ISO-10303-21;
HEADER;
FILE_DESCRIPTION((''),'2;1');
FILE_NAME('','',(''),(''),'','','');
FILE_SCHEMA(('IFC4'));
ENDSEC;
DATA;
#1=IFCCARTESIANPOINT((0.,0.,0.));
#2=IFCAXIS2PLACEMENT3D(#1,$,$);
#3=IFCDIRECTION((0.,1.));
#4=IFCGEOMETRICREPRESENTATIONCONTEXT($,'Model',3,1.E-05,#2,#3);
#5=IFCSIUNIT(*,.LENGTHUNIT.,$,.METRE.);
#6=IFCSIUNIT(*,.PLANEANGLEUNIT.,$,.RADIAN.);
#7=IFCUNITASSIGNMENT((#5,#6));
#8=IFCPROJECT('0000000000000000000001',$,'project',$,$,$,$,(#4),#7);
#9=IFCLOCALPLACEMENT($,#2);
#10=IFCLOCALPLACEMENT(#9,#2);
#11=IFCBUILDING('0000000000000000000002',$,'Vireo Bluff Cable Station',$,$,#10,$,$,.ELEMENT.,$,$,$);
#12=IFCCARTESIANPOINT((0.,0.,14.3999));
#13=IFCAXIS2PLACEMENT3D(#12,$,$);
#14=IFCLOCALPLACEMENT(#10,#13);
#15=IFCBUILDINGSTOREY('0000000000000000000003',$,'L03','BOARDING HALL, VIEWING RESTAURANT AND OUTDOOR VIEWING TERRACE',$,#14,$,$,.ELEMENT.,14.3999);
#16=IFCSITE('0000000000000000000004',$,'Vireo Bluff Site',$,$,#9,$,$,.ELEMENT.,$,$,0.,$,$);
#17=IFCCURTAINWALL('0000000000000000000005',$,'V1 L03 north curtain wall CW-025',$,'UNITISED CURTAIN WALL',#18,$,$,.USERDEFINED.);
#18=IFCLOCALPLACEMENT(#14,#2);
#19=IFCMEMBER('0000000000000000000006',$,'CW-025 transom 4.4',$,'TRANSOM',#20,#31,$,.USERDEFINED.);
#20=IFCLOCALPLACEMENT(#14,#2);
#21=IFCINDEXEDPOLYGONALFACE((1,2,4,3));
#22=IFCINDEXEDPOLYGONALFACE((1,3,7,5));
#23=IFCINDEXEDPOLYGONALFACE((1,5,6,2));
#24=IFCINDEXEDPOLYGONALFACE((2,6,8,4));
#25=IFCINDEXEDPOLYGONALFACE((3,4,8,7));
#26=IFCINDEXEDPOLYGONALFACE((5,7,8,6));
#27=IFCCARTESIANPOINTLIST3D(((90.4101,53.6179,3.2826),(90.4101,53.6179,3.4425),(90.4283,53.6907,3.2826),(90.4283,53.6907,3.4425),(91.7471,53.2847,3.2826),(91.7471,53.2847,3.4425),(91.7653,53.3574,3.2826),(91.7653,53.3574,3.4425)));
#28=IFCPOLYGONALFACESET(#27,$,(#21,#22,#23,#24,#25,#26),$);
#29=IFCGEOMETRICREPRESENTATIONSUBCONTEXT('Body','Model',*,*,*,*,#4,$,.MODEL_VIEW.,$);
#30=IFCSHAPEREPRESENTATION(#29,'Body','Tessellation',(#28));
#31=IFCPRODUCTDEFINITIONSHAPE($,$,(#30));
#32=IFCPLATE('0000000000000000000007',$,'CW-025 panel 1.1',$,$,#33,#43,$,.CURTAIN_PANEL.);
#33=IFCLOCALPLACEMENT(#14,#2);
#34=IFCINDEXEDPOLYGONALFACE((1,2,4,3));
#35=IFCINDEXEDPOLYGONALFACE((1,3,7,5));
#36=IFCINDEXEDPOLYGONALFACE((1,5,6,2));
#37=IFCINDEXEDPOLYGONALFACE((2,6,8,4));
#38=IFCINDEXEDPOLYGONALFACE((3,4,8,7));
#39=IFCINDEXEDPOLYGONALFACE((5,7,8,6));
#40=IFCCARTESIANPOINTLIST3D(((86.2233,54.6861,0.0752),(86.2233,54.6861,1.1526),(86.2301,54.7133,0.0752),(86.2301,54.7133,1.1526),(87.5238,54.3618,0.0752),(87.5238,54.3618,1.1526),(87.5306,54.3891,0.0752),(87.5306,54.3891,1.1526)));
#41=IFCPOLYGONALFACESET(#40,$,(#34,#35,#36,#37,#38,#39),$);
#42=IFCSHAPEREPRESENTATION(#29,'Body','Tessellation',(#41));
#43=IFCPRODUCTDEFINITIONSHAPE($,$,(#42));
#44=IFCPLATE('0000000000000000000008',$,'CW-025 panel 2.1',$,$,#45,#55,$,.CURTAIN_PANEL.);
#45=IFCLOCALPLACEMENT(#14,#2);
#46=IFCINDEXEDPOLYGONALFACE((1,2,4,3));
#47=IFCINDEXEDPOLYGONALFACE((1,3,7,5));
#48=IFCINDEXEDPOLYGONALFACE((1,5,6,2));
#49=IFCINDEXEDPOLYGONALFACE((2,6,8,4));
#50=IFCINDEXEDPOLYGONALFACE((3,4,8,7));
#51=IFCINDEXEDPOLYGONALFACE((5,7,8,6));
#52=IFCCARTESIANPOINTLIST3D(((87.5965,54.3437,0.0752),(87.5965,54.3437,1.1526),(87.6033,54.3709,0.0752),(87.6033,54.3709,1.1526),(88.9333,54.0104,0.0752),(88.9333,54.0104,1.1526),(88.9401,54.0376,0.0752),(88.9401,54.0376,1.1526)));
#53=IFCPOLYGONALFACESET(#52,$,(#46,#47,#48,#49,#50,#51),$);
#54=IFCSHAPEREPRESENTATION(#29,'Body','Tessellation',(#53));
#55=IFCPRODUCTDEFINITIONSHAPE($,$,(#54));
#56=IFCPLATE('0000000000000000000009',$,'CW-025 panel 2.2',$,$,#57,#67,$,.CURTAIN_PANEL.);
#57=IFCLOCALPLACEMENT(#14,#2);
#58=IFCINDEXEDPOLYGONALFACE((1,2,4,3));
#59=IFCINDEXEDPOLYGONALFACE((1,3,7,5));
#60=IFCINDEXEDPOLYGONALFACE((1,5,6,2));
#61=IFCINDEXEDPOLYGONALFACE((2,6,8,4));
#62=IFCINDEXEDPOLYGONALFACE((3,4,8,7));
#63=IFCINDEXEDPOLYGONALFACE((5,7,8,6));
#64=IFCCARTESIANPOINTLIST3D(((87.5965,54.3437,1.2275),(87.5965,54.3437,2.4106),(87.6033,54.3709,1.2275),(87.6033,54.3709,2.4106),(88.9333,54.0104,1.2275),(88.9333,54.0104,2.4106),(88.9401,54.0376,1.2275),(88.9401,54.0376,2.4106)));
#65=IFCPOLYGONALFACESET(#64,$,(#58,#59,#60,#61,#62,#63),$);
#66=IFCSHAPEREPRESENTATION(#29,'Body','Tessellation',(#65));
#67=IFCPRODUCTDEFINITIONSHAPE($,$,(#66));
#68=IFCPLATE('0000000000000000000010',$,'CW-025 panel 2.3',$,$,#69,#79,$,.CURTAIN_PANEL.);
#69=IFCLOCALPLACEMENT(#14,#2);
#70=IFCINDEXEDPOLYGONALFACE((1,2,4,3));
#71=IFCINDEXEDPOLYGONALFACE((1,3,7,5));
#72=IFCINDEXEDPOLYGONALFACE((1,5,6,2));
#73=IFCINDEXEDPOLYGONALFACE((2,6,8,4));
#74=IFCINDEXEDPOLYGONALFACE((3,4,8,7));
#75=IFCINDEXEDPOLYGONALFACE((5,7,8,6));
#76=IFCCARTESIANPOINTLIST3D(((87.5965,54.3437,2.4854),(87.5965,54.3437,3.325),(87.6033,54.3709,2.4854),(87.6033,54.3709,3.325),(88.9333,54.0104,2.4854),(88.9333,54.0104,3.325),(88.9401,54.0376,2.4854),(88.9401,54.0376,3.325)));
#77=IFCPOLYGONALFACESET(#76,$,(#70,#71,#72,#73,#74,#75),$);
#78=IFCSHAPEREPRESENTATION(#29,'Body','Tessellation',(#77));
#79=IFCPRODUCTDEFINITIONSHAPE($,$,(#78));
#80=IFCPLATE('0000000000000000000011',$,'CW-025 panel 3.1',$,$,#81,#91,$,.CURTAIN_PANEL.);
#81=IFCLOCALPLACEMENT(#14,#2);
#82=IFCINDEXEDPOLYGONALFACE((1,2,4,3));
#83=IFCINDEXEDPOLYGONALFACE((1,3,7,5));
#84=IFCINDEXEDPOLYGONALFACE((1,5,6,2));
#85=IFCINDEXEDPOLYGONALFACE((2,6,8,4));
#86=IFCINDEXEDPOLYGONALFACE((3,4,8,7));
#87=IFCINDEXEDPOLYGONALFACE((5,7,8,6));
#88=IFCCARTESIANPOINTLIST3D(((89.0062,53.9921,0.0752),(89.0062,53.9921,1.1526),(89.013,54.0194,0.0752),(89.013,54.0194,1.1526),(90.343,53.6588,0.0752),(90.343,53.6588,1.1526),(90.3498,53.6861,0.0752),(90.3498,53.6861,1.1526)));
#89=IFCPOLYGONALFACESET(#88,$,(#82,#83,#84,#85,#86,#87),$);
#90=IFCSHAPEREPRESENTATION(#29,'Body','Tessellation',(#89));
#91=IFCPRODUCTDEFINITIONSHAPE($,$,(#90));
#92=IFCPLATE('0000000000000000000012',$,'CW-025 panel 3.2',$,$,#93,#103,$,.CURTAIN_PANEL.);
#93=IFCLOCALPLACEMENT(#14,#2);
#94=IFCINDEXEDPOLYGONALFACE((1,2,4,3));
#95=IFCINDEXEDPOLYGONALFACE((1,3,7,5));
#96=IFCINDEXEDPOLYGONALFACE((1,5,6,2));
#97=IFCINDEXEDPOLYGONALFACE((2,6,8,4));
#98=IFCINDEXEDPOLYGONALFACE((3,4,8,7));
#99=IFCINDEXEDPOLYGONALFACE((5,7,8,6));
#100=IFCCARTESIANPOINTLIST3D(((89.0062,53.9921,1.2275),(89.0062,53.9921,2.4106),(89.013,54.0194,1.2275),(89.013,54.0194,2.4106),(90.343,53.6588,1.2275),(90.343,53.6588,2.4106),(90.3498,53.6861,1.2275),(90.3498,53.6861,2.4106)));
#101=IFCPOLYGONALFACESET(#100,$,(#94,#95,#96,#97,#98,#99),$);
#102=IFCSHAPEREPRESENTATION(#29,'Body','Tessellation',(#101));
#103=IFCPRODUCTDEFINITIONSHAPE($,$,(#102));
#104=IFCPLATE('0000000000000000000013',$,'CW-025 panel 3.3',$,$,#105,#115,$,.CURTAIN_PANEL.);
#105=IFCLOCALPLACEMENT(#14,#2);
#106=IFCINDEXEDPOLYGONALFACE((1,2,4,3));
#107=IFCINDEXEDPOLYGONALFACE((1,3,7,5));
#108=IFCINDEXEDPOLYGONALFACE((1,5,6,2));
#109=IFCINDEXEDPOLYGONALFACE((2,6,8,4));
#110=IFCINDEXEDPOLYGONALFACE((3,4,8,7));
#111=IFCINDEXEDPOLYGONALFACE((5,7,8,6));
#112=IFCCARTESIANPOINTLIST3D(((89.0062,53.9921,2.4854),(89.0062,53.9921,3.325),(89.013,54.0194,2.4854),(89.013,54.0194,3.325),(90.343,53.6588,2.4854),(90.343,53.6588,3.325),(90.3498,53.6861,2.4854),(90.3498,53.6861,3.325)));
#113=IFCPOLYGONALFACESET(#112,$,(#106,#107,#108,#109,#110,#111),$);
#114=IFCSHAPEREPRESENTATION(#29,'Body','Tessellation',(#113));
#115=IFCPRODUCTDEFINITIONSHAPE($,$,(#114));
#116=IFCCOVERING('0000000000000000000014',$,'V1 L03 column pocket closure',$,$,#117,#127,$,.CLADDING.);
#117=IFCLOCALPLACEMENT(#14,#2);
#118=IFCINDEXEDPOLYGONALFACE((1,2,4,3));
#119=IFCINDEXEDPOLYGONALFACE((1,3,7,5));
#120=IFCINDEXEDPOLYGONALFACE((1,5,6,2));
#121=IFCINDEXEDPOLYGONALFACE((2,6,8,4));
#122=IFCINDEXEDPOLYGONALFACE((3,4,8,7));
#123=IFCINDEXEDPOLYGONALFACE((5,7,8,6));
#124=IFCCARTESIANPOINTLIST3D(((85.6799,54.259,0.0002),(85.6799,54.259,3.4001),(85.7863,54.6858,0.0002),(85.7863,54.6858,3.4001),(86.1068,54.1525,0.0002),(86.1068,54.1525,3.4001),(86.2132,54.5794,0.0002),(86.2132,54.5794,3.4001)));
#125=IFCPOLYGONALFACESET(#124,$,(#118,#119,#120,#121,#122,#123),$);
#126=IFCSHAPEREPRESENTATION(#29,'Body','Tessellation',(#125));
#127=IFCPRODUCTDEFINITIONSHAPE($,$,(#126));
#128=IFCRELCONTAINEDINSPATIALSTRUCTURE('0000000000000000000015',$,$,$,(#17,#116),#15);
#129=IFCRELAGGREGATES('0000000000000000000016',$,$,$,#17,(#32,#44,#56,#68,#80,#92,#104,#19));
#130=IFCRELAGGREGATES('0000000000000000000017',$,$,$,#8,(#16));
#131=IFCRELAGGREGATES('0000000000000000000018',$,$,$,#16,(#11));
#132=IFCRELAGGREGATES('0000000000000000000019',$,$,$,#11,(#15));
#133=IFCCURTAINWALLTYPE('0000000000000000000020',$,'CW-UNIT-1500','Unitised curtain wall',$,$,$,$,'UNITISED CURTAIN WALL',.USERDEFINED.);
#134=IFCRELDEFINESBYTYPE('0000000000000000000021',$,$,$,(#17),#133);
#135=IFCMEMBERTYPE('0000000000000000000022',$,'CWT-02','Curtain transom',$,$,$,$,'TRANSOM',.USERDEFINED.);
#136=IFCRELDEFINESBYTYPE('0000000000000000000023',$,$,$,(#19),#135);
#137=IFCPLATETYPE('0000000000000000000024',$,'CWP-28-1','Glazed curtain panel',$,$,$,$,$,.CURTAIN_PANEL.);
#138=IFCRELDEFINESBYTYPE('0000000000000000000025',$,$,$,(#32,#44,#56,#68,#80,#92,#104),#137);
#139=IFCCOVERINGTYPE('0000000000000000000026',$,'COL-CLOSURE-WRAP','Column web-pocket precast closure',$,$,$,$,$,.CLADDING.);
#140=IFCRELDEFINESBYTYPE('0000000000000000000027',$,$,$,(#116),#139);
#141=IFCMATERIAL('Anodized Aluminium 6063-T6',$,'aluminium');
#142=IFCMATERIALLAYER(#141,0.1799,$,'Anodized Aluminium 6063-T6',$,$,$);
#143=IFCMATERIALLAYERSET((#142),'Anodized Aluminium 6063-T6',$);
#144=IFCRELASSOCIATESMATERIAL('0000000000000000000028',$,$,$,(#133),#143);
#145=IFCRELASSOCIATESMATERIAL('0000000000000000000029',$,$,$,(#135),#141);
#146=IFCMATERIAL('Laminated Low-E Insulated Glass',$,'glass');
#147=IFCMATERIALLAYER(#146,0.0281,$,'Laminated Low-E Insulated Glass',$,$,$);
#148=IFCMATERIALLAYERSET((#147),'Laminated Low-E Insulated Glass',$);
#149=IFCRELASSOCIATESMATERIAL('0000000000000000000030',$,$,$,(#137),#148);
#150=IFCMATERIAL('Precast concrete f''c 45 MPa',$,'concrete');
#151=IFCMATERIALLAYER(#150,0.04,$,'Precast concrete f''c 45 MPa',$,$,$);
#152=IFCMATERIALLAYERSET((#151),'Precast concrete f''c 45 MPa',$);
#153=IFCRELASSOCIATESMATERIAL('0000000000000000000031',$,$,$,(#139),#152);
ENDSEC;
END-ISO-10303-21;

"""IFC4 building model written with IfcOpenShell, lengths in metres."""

from ifc_helpers import new_model, si_unit, direction, frame, origin, origin_2d, place, context, subcontext, project, spatial, rectangle, extrude, material, layer, layer_set, material_profile, profile_set, type_object, element, aggregate, save


model = new_model("IFC4")

# Units and contexts
model_context = context("Model", 3, precision=1e-05, world=origin(), true_north=direction((0.0, 1.0)))
body_context = subcontext(model_context, "Body", "Model", "MODEL_VIEW")
ifc_project = project(units=[si_unit("LENGTHUNIT", "METRE"), si_unit("PLANEANGLEUNIT", "RADIAN")], contexts=[model_context])

# Site, building, storey
site_placement = place(None, origin())
site = spatial("IfcSite", under=ifc_project, at=site_placement, Name="Vireo Bluff Site", CompositionType="ELEMENT", RefElevation=0.0)
building_placement = place(site_placement, origin())
building = spatial("IfcBuilding", under=site, at=building_placement, Name="Vireo Bluff Cable Station", CompositionType="ELEMENT")
storey_placement = place(building_placement, frame((0.0, 0.0, 14.3999)))
storey = spatial("IfcBuildingStorey", under=building, at=storey_placement, Name="L03", Description="BOARDING HALL, VIEWING RESTAURANT AND OUTDOOR VIEWING TERRACE", CompositionType="ELEMENT", Elevation=14.3999)

# Curtain wall, member, plates
ifc_material_1 = material(Name="Anodized Aluminium 6063-T6", Category="aluminium")
ifc_layer_1 = layer(ifc_material_1, 0.1799, Name="Anodized Aluminium 6063-T6")
ifc_layer_set_1 = layer_set([ifc_layer_1], Name="Anodized Aluminium 6063-T6")
curtain_wall_type = type_object("IfcCurtainWallType", Name="CW-UNIT-1500", Description="Unitised curtain wall", ElementType="UNITISED CURTAIN WALL", PredefinedType="USERDEFINED", material=ifc_layer_set_1)
curtain_wall_placement = place(storey_placement, origin())
curtain_wall = element("IfcCurtainWall", 1, at=curtain_wall_placement, inside=storey, type_object=curtain_wall_type, Name="V1 L03 north curtain wall CW-025", ObjectType="UNITISED CURTAIN WALL", PredefinedType="USERDEFINED")
ifc_material_profile_1 = material_profile(ifc_material_1, rectangle(XDim=0.075, YDim=0.1599, at=origin_2d()), Name="ALU-T-75X160")
ifc_profile_set_1 = profile_set([ifc_material_profile_1], Name="Anodized Aluminium 6063-T6")
member_type_1 = type_object("IfcMemberType", Name="CWT-02", Description="Curtain transom", ElementType="TRANSOM", PredefinedType="USERDEFINED", material=ifc_profile_set_1)
member_1_placement = place(storey_placement, frame((90.4192, 53.6543, 3.3625), z_axis=(0.970309, -0.241868, 0.0), x_axis=(0.241868, 0.970309, 0.0)))
member_1 = element("IfcMember", 2, at=member_1_placement, type_object=member_type_1, Name="CW-025 transom 4.4", ObjectType="TRANSOM", PredefinedType="USERDEFINED", context=body_context, shape_type="SweptSolid", body=[
    extrude(rectangle(XDim=0.075, YDim=0.1599, at=origin_2d()), origin(), (0.0, 0.0, 1.0), 1.3779),
])
ifc_material_2 = material(Name="Laminated Low-E Insulated Glass", Category="glass")
ifc_layer_2 = layer(ifc_material_2, 0.0281, Name="Laminated Low-E Insulated Glass")
ifc_layer_set_2 = layer_set([ifc_layer_2], Name="Laminated Low-E Insulated Glass")
plate_type = type_object("IfcPlateType", Name="CWP-28-1", Description="Glazed curtain panel", PredefinedType="CURTAIN_PANEL", material=ifc_layer_set_2)
plate_1_placement = place(storey_placement, frame((86.877, 54.5376, 0.0752), z_axis=(0.0, 0.0, 1.0), x_axis=(0.970296, -0.241922, 0.0)))
plate_1 = element("IfcPlate", 3, at=plate_1_placement, type_object=plate_type, Name="CW-025 panel 1.1", PredefinedType="CURTAIN_PANEL", context=body_context, shape_type="SweptSolid", body=[
    extrude(rectangle(XDim=1.3403, YDim=0.0281, at=origin_2d()), origin(), (0.0, 0.0, 1.0), 1.0774),
])
plate_2_placement = place(storey_placement, frame((88.2683, 54.1907, 0.0752), z_axis=(0.0, 0.0, 1.0), x_axis=(0.970296, -0.241922, 0.0)))
plate_2 = element("IfcPlate", 4, at=plate_2_placement, type_object=plate_type, Name="CW-025 panel 2.1", PredefinedType="CURTAIN_PANEL", context=body_context, shape_type="SweptSolid", body=[
    extrude(rectangle(XDim=1.3777, YDim=0.0281, at=origin_2d()), origin(), (0.0, 0.0, 1.0), 1.0774),
])
plate_3_placement = place(storey_placement, frame((88.2683, 54.1907, 1.2275), z_axis=(0.0, 0.0, 1.0), x_axis=(0.970296, -0.241922, 0.0)))
plate_3 = element("IfcPlate", 5, at=plate_3_placement, type_object=plate_type, Name="CW-025 panel 2.2", PredefinedType="CURTAIN_PANEL", context=body_context, shape_type="SweptSolid", body=[
    extrude(rectangle(XDim=1.3777, YDim=0.0281, at=origin_2d()), origin(), (0.0, 0.0, 1.0), 1.1831),
])
plate_4_placement = place(storey_placement, frame((88.2683, 54.1907, 2.4854), z_axis=(0.0, 0.0, 1.0), x_axis=(0.970296, -0.241922, 0.0)))
plate_4 = element("IfcPlate", 6, at=plate_4_placement, type_object=plate_type, Name="CW-025 panel 2.3", PredefinedType="CURTAIN_PANEL", context=body_context, shape_type="SweptSolid", body=[
    extrude(rectangle(XDim=1.3777, YDim=0.0281, at=origin_2d()), origin(), (0.0, 0.0, 1.0), 0.8396),
])
plate_5_placement = place(storey_placement, frame((89.678, 53.8391, 0.0752), z_axis=(0.0, 0.0, 1.0), x_axis=(0.970296, -0.241922, 0.0)))
plate_5 = element("IfcPlate", 7, at=plate_5_placement, type_object=plate_type, Name="CW-025 panel 3.1", PredefinedType="CURTAIN_PANEL", context=body_context, shape_type="SweptSolid", body=[
    extrude(rectangle(XDim=1.3777, YDim=0.0281, at=origin_2d()), origin(), (0.0, 0.0, 1.0), 1.0774),
])
plate_6_placement = place(storey_placement, frame((89.678, 53.8391, 1.2275), z_axis=(0.0, 0.0, 1.0), x_axis=(0.970296, -0.241922, 0.0)))
plate_6 = element("IfcPlate", 8, at=plate_6_placement, type_object=plate_type, Name="CW-025 panel 3.2", PredefinedType="CURTAIN_PANEL", context=body_context, shape_type="SweptSolid", body=[
    extrude(rectangle(XDim=1.3777, YDim=0.0281, at=origin_2d()), origin(), (0.0, 0.0, 1.0), 1.1831),
])
plate_7_placement = place(storey_placement, frame((89.678, 53.8391, 2.4854), z_axis=(0.0, 0.0, 1.0), x_axis=(0.970296, -0.241922, 0.0)))
plate_7 = element("IfcPlate", 9, at=plate_7_placement, type_object=plate_type, Name="CW-025 panel 3.3", PredefinedType="CURTAIN_PANEL", context=body_context, shape_type="SweptSolid", body=[
    extrude(rectangle(XDim=1.3777, YDim=0.0281, at=origin_2d()), origin(), (0.0, 0.0, 1.0), 0.8396),
])
aggregate(curtain_wall, [plate_1, plate_2, plate_3, plate_4, plate_5, plate_6, plate_7, member_1])

# Covering
ifc_material_3 = material(Name="Precast concrete f'c 45 MPa", Category="concrete")
ifc_layer_3 = layer(ifc_material_3, 0.04, Name="Precast concrete f'c 45 MPa")
ifc_layer_set_3 = layer_set([ifc_layer_3], Name="Precast concrete f'c 45 MPa")
covering_type = type_object("IfcCoveringType", Name="COL-CLOSURE-WRAP", Description="Column web-pocket precast closure", PredefinedType="CLADDING", material=ifc_layer_set_3)
covering_placement = place(storey_placement, frame((85.9465, 54.4192, 0.0002), z_axis=(0.0, 0.0, 1.0), x_axis=(0.970296, -0.241922, 0.0)))
element("IfcCovering", 10, at=covering_placement, inside=storey, type_object=covering_type, Name="V1 L03 column pocket closure", PredefinedType="CLADDING", context=body_context, shape_type="SweptSolid", body=[
    extrude(rectangle(XDim=0.4399, YDim=0.4399, at=origin_2d()), origin(), (0.0, 0.0, 1.0), 3.3999),
])

save(model, "model.ifc")
